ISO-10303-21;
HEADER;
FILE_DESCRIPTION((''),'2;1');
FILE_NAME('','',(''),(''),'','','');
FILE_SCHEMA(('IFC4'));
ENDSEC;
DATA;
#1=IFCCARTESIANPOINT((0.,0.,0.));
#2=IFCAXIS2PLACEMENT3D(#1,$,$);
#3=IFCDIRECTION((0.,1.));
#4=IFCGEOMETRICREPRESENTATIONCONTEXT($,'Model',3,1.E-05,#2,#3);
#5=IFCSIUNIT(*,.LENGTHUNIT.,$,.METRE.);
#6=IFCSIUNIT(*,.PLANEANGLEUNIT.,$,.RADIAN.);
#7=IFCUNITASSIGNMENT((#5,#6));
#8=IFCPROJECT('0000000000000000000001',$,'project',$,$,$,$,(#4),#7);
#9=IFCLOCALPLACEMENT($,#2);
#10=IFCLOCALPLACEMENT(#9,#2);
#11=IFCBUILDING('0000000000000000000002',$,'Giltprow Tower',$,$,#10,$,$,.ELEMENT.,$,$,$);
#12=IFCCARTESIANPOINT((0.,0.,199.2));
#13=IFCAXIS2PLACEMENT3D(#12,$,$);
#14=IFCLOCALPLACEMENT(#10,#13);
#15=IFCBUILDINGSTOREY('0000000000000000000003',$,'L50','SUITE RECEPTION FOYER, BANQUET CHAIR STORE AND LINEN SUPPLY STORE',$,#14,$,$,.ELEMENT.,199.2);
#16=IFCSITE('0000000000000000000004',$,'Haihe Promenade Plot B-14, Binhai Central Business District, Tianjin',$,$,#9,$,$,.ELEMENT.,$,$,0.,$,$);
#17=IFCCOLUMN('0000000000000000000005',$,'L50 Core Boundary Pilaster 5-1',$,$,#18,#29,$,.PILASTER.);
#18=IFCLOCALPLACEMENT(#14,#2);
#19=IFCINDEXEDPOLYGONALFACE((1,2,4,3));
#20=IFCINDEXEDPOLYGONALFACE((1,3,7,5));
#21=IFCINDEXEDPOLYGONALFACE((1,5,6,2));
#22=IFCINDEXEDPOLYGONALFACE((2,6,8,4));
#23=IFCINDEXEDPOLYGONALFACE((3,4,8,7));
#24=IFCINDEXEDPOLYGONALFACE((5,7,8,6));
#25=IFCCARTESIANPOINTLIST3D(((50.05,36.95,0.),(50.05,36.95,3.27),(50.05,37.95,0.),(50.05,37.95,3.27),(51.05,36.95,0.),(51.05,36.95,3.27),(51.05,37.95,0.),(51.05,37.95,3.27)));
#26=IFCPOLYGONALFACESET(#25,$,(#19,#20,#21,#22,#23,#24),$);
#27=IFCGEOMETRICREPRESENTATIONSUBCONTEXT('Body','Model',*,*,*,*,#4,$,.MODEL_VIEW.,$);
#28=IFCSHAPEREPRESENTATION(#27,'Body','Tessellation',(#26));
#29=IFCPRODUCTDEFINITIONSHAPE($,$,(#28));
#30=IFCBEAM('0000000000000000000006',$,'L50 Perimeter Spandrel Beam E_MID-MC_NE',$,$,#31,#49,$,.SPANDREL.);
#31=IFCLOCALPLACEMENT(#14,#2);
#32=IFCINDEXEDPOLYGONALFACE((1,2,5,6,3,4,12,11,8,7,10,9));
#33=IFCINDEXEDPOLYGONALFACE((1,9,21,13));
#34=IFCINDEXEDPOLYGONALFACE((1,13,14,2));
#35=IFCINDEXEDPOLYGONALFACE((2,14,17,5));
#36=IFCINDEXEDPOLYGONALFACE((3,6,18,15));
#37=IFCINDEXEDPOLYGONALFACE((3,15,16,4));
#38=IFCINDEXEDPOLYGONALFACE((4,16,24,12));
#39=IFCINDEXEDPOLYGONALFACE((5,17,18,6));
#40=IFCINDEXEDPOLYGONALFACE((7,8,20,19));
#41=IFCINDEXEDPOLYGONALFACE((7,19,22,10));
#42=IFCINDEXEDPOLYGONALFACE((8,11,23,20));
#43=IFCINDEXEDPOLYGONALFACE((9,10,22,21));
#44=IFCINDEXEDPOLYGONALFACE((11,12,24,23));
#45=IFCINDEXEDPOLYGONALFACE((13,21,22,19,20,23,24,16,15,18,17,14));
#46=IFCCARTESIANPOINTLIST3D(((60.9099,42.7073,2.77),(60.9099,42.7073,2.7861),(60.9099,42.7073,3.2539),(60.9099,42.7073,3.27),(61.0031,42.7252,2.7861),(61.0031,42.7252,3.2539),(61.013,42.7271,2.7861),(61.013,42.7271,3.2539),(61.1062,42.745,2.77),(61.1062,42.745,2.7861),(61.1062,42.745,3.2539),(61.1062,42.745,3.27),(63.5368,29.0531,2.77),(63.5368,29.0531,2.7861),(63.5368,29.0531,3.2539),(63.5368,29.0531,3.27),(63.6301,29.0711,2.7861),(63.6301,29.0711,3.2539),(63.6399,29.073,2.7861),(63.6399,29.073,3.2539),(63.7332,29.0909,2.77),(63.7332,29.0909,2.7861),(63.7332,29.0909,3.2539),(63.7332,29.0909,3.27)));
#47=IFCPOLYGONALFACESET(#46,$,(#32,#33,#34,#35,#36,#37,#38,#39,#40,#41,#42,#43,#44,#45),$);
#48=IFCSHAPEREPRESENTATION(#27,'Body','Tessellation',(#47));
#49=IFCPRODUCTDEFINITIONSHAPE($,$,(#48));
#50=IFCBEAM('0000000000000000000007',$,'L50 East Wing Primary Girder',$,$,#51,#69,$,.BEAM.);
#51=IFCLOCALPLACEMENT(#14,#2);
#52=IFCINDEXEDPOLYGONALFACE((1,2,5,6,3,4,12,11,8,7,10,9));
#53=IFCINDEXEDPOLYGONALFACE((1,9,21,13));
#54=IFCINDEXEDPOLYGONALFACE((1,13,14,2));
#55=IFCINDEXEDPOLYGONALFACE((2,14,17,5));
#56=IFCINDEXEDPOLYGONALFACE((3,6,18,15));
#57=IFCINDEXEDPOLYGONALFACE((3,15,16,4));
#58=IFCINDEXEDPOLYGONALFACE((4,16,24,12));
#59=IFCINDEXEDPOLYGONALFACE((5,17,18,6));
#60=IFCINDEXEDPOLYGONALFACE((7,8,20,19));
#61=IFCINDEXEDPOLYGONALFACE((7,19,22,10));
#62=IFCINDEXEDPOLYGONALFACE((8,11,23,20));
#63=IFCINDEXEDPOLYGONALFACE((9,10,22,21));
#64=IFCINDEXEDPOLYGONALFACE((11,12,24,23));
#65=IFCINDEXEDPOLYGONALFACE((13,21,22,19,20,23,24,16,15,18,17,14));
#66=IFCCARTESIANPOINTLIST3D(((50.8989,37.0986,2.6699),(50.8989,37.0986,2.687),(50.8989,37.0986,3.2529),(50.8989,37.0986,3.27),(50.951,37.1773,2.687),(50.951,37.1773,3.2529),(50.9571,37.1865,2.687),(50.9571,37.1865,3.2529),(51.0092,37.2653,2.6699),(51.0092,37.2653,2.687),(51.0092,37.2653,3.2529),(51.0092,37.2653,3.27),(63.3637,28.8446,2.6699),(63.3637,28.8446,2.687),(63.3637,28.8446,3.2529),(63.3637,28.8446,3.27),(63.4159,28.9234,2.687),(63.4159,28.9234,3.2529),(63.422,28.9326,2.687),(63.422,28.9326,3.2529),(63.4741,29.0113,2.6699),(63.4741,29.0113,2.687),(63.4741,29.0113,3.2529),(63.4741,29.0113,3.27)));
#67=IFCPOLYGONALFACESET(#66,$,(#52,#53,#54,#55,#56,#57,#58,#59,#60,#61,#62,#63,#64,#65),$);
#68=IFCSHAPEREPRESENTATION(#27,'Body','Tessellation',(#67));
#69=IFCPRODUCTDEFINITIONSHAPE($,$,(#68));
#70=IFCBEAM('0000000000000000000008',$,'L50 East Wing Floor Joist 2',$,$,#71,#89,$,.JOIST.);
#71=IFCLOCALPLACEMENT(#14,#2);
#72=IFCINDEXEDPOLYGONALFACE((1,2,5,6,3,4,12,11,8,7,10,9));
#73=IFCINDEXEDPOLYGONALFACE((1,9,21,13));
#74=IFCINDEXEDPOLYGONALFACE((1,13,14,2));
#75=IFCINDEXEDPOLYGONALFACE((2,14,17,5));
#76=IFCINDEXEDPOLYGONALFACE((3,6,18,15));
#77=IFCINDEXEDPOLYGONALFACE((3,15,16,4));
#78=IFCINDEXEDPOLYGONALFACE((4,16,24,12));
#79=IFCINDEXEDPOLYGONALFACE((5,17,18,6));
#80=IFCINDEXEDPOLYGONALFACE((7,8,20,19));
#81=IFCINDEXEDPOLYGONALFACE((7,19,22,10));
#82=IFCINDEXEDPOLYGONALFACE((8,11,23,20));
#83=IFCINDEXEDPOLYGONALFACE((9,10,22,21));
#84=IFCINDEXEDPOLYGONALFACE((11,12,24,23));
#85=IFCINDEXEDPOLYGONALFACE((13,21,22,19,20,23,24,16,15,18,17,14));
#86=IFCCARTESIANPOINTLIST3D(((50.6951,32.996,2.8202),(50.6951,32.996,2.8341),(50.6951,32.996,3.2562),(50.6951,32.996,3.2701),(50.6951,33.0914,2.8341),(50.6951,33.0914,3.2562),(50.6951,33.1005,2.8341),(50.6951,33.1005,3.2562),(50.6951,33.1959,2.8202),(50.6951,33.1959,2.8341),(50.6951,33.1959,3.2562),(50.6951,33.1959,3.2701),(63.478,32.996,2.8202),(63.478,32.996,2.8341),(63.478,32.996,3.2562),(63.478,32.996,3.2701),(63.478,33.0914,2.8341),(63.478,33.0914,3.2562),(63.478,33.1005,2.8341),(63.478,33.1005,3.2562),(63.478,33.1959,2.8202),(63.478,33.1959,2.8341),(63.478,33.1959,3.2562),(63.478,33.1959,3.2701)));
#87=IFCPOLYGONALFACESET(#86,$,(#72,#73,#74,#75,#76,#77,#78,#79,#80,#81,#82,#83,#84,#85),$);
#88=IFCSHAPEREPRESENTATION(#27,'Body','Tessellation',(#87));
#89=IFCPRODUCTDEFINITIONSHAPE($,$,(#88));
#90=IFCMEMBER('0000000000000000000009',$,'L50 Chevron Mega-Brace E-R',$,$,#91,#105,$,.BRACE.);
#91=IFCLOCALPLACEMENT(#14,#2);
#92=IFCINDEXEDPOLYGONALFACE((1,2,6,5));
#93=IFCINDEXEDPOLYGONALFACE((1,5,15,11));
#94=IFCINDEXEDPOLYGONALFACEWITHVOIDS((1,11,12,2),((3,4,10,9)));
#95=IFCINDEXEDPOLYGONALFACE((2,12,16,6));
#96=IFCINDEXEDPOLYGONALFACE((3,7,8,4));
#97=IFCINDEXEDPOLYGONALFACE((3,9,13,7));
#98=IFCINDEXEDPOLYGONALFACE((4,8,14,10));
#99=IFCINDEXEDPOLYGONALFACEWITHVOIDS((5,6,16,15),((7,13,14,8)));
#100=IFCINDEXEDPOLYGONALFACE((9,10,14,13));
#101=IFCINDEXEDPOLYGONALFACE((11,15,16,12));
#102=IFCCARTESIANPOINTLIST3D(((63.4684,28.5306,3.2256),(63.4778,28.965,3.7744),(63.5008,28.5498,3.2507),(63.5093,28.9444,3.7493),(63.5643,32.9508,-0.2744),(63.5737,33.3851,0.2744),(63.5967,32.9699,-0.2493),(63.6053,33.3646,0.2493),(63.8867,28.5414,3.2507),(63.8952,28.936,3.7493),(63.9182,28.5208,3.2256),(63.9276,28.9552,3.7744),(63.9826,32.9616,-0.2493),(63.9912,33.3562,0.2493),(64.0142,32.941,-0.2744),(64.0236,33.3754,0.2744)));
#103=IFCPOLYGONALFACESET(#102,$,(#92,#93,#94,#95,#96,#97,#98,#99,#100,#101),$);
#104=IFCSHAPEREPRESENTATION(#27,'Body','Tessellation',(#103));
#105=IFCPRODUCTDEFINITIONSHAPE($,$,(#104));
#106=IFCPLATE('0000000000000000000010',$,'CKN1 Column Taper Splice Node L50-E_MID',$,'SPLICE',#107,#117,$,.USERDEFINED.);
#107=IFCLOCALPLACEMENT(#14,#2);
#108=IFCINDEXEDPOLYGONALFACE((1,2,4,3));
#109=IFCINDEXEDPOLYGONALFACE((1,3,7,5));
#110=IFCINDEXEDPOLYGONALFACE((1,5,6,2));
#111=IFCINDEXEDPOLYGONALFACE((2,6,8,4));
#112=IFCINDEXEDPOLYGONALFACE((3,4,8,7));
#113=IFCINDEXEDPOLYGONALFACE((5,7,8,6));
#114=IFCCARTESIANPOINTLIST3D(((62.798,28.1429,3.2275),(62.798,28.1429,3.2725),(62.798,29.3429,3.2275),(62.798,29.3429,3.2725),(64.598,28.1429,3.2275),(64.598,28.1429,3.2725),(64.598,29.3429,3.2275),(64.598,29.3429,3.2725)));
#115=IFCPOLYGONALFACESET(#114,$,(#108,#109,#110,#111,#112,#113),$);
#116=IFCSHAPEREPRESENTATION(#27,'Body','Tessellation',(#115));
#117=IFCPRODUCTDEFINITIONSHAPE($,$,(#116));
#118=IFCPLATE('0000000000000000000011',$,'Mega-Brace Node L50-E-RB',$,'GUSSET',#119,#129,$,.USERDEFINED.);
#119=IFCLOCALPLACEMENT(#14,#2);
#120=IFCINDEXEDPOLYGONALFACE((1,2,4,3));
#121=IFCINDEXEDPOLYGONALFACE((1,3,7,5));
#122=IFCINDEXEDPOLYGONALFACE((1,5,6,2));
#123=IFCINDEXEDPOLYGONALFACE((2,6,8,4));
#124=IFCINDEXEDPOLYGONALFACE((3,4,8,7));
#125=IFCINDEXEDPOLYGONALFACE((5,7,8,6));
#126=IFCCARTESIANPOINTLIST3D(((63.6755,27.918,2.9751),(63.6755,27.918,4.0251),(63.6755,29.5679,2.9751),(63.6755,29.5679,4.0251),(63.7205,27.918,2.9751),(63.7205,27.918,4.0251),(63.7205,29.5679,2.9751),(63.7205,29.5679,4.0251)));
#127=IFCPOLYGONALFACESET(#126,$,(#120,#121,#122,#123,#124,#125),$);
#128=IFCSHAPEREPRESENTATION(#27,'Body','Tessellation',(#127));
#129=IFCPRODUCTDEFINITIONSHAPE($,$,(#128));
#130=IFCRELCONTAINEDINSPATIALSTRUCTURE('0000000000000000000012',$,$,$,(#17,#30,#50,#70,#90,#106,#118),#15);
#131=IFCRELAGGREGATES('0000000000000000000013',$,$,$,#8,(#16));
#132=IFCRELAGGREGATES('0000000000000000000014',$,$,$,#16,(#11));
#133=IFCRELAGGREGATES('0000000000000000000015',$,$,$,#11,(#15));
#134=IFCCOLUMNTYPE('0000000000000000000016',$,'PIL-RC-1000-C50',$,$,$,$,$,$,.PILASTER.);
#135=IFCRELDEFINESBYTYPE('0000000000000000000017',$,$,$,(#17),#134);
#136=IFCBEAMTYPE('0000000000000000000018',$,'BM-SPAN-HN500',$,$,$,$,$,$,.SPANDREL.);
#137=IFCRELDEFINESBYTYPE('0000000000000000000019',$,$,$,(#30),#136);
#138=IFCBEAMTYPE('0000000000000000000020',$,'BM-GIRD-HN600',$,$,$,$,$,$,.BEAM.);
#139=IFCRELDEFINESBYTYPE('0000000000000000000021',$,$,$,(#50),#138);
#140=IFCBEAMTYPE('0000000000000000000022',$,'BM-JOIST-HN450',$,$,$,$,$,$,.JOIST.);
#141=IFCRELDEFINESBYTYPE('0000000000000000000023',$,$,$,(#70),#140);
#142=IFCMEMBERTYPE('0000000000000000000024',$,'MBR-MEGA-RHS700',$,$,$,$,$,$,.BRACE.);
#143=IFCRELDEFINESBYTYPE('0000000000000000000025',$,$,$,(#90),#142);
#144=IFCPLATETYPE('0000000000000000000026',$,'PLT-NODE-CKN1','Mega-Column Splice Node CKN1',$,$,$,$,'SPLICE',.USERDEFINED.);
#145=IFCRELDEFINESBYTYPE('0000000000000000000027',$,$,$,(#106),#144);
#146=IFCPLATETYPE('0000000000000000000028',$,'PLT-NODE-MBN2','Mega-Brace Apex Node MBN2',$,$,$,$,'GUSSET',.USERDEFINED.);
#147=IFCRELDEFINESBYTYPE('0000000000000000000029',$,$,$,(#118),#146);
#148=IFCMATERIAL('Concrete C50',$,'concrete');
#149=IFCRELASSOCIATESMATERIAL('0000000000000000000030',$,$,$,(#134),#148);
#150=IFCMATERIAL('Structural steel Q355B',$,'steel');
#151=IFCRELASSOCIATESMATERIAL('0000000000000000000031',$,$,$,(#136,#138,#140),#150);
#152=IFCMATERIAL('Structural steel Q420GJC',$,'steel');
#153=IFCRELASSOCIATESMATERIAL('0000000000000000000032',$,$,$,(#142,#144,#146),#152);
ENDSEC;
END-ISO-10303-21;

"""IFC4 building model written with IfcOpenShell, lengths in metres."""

from ifc_helpers import new_model, si_unit, direction, frame, origin, origin_2d, place, context, subcontext, project, spatial, rectangle, hollow_rectangle, i_section, extrude, source, transform, mapped, material, material_profile, profile_set, type_object, element, save


model = new_model("IFC4")

# Units and contexts
model_context = context("Model", 3, precision=1e-05, world=origin(), true_north=direction((0.0, 1.0)))
body_context = subcontext(model_context, "Body", "Model", "MODEL_VIEW")
ifc_project = project(units=[si_unit("LENGTHUNIT", "METRE"), si_unit("PLANEANGLEUNIT", "RADIAN")], contexts=[model_context])

# Site, building, storey
site_placement = place(None, origin())
site = spatial("IfcSite", under=ifc_project, at=site_placement, Name="Haihe Promenade Plot B-14, Binhai Central Business District, Tianjin", CompositionType="ELEMENT", RefElevation=0.0)
building_placement = place(site_placement, origin())
building = spatial("IfcBuilding", under=site, at=building_placement, Name="Giltprow Tower", CompositionType="ELEMENT")
storey_placement = place(building_placement, frame((0.0, 0.0, 199.2)))
storey = spatial("IfcBuildingStorey", under=building, at=storey_placement, Name="L50", Description="SUITE RECEPTION FOYER, BANQUET CHAIR STORE AND LINEN SUPPLY STORE", CompositionType="ELEMENT", Elevation=199.2)

# Column
ifc_material_1 = material(Name="Concrete C50", Category="concrete")
ifc_material_profile_1 = material_profile(ifc_material_1, rectangle(XDim=1.0, YDim=1.0, at=origin_2d()), Name="RC 1000x1000")
ifc_profile_set_1 = profile_set([ifc_material_profile_1], Name="Concrete C50")
column_type = type_object("IfcColumnType", Name="PIL-RC-1000-C50", PredefinedType="PILASTER", material=ifc_profile_set_1)
shared_shape_1 = source(origin(), body_context, "Body", "SweptSolid", [
    extrude(rectangle(XDim=1.0, YDim=1.0, at=origin_2d()), origin(), (0.0, 0.0, 1.0), 3.27),
])
column_placement = place(storey_placement, frame((50.55, 37.45, 0.0), z_axis=(0.0, 0.0, 1.0), x_axis=(1.0, 0.0, 0.0)))
element("IfcColumn", 1, at=column_placement, inside=storey, type_object=column_type, Name="L50 Core Boundary Pilaster 5-1", PredefinedType="PILASTER", context=body_context, shape_type="MappedRepresentation", body=[
    mapped(shared_shape_1, transform((0.0, 0.0, 0.0), x_axis=(1.0, 0.0, 0.0), y_axis=(0.0, 1.0, 0.0), z_axis=(0.0, 0.0, 1.0), scale=1.0)),
])

# Beams
ifc_material_2 = material(Name="Structural steel Q355B", Category="steel")
ifc_material_profile_2 = material_profile(ifc_material_2, i_section(OverallWidth=0.2, OverallDepth=0.5, WebThickness=0.01, FlangeThickness=0.0161, at=origin_2d()), Name="HN 500x200x10x16")
ifc_profile_set_2 = profile_set([ifc_material_profile_2], Name="Structural steel Q355B")
beam_type_1 = type_object("IfcBeamType", Name="BM-SPAN-HN500", PredefinedType="SPANDREL", material=ifc_profile_set_2)
shared_shape_2 = source(origin(), body_context, "Body", "SweptSolid", [
    extrude(i_section(OverallWidth=0.2, OverallDepth=0.5, WebThickness=0.01, FlangeThickness=0.0161, at=origin_2d()), origin(), (0.0, 0.0, 1.0), 13.9045),
])
beam_1_placement = place(storey_placement, frame((63.635, 29.072, 3.02), z_axis=(-0.188929, 0.981991, 0.0), x_axis=(-0.981991, -0.188929, 0.0)))
element("IfcBeam", 2, at=beam_1_placement, inside=storey, type_object=beam_type_1, Name="L50 Perimeter Spandrel Beam E_MID-MC_NE", PredefinedType="SPANDREL", context=body_context, shape_type="MappedRepresentation", body=[
    mapped(shared_shape_2, transform((0.0, 0.0, 0.0), x_axis=(1.0, 0.0, 0.0), y_axis=(0.0, 1.0, 0.0), z_axis=(0.0, 0.0, 1.0), scale=1.0)),
])
ifc_material_profile_3 = material_profile(ifc_material_2, i_section(OverallWidth=0.2, OverallDepth=0.6001, WebThickness=0.011, FlangeThickness=0.0171, at=origin_2d()), Name="HN 600x200x11x17")
ifc_profile_set_3 = profile_set([ifc_material_profile_3], Name="Structural steel Q355B")
beam_type_2 = type_object("IfcBeamType", Name="BM-GIRD-HN600", PredefinedType="BEAM", material=ifc_profile_set_3)
shared_shape_3 = source(origin(), body_context, "Body", "SweptSolid", [
    extrude(i_section(OverallWidth=0.2, OverallDepth=0.6001, WebThickness=0.011, FlangeThickness=0.0171, at=origin_2d()), origin(), (0.0, 0.0, 1.0), 14.95),
])
beam_2_placement = place(storey_placement, frame((63.4189, 28.928, 2.97), z_axis=(-0.833775, 0.552105, 0.0), x_axis=(-0.552105, -0.833775, 0.0)))
element("IfcBeam", 3, at=beam_2_placement, inside=storey, type_object=beam_type_2, Name="L50 East Wing Primary Girder", PredefinedType="BEAM", context=body_context, shape_type="MappedRepresentation", body=[
    mapped(shared_shape_3, transform((0.0, 0.0, 0.0), x_axis=(1.0, 0.0, 0.0), y_axis=(0.0, 1.0, 0.0), z_axis=(0.0, 0.0, 1.0), scale=1.0)),
])
ifc_material_profile_4 = material_profile(ifc_material_2, i_section(OverallWidth=0.2, OverallDepth=0.45, WebThickness=0.009, FlangeThickness=0.0139, at=origin_2d()), Name="HN 450x200x9x14")
ifc_profile_set_4 = profile_set([ifc_material_profile_4], Name="Structural steel Q355B")
beam_type_3 = type_object("IfcBeamType", Name="BM-JOIST-HN450", PredefinedType="JOIST", material=ifc_profile_set_4)
shared_shape_4 = source(origin(), body_context, "Body", "SweptSolid", [
    extrude(i_section(OverallWidth=0.2, OverallDepth=0.45, WebThickness=0.009, FlangeThickness=0.0139, at=origin_2d()), origin(), (0.0, 0.0, 1.0), 12.783),
])
beam_3_placement = place(storey_placement, frame((50.6951, 33.0959, 3.0452), z_axis=(1.0, 0.0, 0.0), x_axis=(0.0, 1.0, 0.0)))
element("IfcBeam", 4, at=beam_3_placement, inside=storey, type_object=beam_type_3, Name="L50 East Wing Floor Joist 2", PredefinedType="JOIST", context=body_context, shape_type="MappedRepresentation", body=[
    mapped(shared_shape_4, transform((0.0, 0.0, 0.0), x_axis=(1.0, 0.0, 0.0), y_axis=(0.0, 1.0, 0.0), z_axis=(0.0, 0.0, 1.0), scale=1.0)),
])

# Member
ifc_material_3 = material(Name="Structural steel Q420GJC", Category="steel")
ifc_material_profile_5 = material_profile(ifc_material_3, hollow_rectangle(XDim=0.45, YDim=0.7, WallThickness=0.032, at=origin_2d()), Name="RHS 700x450x32")
ifc_profile_set_5 = profile_set([ifc_material_profile_5], Name="Structural steel Q420GJC")
member_type = type_object("IfcMemberType", Name="MBR-MEGA-RHS700", PredefinedType="BRACE", material=ifc_profile_set_5)
shared_shape_5 = source(origin(), body_context, "Body", "SweptSolid", [
    extrude(hollow_rectangle(XDim=0.45, YDim=0.7, WallThickness=0.032, at=origin_2d()), origin(), (0.0, 0.0, 1.0), 5.6389),
])
member_placement = place(storey_placement, frame((63.7939, 33.1631, 0.0), z_axis=(-0.017015, -0.783872, 0.62069), x_axis=(0.999764, -0.021702, 0.0)))
element("IfcMember", 5, at=member_placement, inside=storey, type_object=member_type, Name="L50 Chevron Mega-Brace E-R", PredefinedType="BRACE", context=body_context, shape_type="MappedRepresentation", body=[
    mapped(shared_shape_5, transform((0.0, 0.0, 0.0), x_axis=(1.0, 0.0, 0.0), y_axis=(0.0, 1.0, 0.0), z_axis=(0.0, 0.0, 1.0), scale=1.0)),
])

# Plates
plate_type_1 = type_object("IfcPlateType", Name="PLT-NODE-CKN1", Description="Mega-Column Splice Node CKN1", ElementType="SPLICE", PredefinedType="USERDEFINED", material=ifc_material_3)
shared_shape_6 = source(origin(), body_context, "Body", "SweptSolid", [
    extrude(rectangle(XDim=1.8, YDim=1.2, at=origin_2d()), origin(), (0.0, 0.0, 1.0), 0.0449),
])
plate_1_placement = place(storey_placement, frame((63.698, 28.7429, 3.2275), z_axis=(0.0, 0.0, 1.0), x_axis=(1.0, 0.0, 0.0)))
element("IfcPlate", 6, at=plate_1_placement, inside=storey, type_object=plate_type_1, Name="CKN1 Column Taper Splice Node L50-E_MID", ObjectType="SPLICE", PredefinedType="USERDEFINED", context=body_context, shape_type="MappedRepresentation", body=[
    mapped(shared_shape_6, transform((0.0, 0.0, 0.0), x_axis=(1.0, 0.0, 0.0), y_axis=(0.0, 1.0, 0.0), z_axis=(0.0, 0.0, 1.0), scale=1.0)),
])
plate_type_2 = type_object("IfcPlateType", Name="PLT-NODE-MBN2", Description="Mega-Brace Apex Node MBN2", ElementType="GUSSET", PredefinedType="USERDEFINED", material=ifc_material_3)
shared_shape_7 = source(origin(), body_context, "Body", "SweptSolid", [
    extrude(rectangle(XDim=1.6499, YDim=0.0449, at=origin_2d()), origin(), (0.0, 0.0, 1.0), 1.05),
])
plate_2_placement = place(storey_placement, frame((63.698, 28.7429, 2.9751), z_axis=(0.0, 0.0, 1.0), x_axis=(0.0, 1.0, 0.0)))
element("IfcPlate", 7, at=plate_2_placement, inside=storey, type_object=plate_type_2, Name="Mega-Brace Node L50-E-RB", ObjectType="GUSSET", PredefinedType="USERDEFINED", context=body_context, shape_type="MappedRepresentation", body=[
    mapped(shared_shape_7, transform((0.0, 0.0, 0.0), x_axis=(1.0, 0.0, 0.0), y_axis=(0.0, 1.0, 0.0), z_axis=(0.0, 0.0, 1.0), scale=1.0)),
])

save(model, "model.ifc")
